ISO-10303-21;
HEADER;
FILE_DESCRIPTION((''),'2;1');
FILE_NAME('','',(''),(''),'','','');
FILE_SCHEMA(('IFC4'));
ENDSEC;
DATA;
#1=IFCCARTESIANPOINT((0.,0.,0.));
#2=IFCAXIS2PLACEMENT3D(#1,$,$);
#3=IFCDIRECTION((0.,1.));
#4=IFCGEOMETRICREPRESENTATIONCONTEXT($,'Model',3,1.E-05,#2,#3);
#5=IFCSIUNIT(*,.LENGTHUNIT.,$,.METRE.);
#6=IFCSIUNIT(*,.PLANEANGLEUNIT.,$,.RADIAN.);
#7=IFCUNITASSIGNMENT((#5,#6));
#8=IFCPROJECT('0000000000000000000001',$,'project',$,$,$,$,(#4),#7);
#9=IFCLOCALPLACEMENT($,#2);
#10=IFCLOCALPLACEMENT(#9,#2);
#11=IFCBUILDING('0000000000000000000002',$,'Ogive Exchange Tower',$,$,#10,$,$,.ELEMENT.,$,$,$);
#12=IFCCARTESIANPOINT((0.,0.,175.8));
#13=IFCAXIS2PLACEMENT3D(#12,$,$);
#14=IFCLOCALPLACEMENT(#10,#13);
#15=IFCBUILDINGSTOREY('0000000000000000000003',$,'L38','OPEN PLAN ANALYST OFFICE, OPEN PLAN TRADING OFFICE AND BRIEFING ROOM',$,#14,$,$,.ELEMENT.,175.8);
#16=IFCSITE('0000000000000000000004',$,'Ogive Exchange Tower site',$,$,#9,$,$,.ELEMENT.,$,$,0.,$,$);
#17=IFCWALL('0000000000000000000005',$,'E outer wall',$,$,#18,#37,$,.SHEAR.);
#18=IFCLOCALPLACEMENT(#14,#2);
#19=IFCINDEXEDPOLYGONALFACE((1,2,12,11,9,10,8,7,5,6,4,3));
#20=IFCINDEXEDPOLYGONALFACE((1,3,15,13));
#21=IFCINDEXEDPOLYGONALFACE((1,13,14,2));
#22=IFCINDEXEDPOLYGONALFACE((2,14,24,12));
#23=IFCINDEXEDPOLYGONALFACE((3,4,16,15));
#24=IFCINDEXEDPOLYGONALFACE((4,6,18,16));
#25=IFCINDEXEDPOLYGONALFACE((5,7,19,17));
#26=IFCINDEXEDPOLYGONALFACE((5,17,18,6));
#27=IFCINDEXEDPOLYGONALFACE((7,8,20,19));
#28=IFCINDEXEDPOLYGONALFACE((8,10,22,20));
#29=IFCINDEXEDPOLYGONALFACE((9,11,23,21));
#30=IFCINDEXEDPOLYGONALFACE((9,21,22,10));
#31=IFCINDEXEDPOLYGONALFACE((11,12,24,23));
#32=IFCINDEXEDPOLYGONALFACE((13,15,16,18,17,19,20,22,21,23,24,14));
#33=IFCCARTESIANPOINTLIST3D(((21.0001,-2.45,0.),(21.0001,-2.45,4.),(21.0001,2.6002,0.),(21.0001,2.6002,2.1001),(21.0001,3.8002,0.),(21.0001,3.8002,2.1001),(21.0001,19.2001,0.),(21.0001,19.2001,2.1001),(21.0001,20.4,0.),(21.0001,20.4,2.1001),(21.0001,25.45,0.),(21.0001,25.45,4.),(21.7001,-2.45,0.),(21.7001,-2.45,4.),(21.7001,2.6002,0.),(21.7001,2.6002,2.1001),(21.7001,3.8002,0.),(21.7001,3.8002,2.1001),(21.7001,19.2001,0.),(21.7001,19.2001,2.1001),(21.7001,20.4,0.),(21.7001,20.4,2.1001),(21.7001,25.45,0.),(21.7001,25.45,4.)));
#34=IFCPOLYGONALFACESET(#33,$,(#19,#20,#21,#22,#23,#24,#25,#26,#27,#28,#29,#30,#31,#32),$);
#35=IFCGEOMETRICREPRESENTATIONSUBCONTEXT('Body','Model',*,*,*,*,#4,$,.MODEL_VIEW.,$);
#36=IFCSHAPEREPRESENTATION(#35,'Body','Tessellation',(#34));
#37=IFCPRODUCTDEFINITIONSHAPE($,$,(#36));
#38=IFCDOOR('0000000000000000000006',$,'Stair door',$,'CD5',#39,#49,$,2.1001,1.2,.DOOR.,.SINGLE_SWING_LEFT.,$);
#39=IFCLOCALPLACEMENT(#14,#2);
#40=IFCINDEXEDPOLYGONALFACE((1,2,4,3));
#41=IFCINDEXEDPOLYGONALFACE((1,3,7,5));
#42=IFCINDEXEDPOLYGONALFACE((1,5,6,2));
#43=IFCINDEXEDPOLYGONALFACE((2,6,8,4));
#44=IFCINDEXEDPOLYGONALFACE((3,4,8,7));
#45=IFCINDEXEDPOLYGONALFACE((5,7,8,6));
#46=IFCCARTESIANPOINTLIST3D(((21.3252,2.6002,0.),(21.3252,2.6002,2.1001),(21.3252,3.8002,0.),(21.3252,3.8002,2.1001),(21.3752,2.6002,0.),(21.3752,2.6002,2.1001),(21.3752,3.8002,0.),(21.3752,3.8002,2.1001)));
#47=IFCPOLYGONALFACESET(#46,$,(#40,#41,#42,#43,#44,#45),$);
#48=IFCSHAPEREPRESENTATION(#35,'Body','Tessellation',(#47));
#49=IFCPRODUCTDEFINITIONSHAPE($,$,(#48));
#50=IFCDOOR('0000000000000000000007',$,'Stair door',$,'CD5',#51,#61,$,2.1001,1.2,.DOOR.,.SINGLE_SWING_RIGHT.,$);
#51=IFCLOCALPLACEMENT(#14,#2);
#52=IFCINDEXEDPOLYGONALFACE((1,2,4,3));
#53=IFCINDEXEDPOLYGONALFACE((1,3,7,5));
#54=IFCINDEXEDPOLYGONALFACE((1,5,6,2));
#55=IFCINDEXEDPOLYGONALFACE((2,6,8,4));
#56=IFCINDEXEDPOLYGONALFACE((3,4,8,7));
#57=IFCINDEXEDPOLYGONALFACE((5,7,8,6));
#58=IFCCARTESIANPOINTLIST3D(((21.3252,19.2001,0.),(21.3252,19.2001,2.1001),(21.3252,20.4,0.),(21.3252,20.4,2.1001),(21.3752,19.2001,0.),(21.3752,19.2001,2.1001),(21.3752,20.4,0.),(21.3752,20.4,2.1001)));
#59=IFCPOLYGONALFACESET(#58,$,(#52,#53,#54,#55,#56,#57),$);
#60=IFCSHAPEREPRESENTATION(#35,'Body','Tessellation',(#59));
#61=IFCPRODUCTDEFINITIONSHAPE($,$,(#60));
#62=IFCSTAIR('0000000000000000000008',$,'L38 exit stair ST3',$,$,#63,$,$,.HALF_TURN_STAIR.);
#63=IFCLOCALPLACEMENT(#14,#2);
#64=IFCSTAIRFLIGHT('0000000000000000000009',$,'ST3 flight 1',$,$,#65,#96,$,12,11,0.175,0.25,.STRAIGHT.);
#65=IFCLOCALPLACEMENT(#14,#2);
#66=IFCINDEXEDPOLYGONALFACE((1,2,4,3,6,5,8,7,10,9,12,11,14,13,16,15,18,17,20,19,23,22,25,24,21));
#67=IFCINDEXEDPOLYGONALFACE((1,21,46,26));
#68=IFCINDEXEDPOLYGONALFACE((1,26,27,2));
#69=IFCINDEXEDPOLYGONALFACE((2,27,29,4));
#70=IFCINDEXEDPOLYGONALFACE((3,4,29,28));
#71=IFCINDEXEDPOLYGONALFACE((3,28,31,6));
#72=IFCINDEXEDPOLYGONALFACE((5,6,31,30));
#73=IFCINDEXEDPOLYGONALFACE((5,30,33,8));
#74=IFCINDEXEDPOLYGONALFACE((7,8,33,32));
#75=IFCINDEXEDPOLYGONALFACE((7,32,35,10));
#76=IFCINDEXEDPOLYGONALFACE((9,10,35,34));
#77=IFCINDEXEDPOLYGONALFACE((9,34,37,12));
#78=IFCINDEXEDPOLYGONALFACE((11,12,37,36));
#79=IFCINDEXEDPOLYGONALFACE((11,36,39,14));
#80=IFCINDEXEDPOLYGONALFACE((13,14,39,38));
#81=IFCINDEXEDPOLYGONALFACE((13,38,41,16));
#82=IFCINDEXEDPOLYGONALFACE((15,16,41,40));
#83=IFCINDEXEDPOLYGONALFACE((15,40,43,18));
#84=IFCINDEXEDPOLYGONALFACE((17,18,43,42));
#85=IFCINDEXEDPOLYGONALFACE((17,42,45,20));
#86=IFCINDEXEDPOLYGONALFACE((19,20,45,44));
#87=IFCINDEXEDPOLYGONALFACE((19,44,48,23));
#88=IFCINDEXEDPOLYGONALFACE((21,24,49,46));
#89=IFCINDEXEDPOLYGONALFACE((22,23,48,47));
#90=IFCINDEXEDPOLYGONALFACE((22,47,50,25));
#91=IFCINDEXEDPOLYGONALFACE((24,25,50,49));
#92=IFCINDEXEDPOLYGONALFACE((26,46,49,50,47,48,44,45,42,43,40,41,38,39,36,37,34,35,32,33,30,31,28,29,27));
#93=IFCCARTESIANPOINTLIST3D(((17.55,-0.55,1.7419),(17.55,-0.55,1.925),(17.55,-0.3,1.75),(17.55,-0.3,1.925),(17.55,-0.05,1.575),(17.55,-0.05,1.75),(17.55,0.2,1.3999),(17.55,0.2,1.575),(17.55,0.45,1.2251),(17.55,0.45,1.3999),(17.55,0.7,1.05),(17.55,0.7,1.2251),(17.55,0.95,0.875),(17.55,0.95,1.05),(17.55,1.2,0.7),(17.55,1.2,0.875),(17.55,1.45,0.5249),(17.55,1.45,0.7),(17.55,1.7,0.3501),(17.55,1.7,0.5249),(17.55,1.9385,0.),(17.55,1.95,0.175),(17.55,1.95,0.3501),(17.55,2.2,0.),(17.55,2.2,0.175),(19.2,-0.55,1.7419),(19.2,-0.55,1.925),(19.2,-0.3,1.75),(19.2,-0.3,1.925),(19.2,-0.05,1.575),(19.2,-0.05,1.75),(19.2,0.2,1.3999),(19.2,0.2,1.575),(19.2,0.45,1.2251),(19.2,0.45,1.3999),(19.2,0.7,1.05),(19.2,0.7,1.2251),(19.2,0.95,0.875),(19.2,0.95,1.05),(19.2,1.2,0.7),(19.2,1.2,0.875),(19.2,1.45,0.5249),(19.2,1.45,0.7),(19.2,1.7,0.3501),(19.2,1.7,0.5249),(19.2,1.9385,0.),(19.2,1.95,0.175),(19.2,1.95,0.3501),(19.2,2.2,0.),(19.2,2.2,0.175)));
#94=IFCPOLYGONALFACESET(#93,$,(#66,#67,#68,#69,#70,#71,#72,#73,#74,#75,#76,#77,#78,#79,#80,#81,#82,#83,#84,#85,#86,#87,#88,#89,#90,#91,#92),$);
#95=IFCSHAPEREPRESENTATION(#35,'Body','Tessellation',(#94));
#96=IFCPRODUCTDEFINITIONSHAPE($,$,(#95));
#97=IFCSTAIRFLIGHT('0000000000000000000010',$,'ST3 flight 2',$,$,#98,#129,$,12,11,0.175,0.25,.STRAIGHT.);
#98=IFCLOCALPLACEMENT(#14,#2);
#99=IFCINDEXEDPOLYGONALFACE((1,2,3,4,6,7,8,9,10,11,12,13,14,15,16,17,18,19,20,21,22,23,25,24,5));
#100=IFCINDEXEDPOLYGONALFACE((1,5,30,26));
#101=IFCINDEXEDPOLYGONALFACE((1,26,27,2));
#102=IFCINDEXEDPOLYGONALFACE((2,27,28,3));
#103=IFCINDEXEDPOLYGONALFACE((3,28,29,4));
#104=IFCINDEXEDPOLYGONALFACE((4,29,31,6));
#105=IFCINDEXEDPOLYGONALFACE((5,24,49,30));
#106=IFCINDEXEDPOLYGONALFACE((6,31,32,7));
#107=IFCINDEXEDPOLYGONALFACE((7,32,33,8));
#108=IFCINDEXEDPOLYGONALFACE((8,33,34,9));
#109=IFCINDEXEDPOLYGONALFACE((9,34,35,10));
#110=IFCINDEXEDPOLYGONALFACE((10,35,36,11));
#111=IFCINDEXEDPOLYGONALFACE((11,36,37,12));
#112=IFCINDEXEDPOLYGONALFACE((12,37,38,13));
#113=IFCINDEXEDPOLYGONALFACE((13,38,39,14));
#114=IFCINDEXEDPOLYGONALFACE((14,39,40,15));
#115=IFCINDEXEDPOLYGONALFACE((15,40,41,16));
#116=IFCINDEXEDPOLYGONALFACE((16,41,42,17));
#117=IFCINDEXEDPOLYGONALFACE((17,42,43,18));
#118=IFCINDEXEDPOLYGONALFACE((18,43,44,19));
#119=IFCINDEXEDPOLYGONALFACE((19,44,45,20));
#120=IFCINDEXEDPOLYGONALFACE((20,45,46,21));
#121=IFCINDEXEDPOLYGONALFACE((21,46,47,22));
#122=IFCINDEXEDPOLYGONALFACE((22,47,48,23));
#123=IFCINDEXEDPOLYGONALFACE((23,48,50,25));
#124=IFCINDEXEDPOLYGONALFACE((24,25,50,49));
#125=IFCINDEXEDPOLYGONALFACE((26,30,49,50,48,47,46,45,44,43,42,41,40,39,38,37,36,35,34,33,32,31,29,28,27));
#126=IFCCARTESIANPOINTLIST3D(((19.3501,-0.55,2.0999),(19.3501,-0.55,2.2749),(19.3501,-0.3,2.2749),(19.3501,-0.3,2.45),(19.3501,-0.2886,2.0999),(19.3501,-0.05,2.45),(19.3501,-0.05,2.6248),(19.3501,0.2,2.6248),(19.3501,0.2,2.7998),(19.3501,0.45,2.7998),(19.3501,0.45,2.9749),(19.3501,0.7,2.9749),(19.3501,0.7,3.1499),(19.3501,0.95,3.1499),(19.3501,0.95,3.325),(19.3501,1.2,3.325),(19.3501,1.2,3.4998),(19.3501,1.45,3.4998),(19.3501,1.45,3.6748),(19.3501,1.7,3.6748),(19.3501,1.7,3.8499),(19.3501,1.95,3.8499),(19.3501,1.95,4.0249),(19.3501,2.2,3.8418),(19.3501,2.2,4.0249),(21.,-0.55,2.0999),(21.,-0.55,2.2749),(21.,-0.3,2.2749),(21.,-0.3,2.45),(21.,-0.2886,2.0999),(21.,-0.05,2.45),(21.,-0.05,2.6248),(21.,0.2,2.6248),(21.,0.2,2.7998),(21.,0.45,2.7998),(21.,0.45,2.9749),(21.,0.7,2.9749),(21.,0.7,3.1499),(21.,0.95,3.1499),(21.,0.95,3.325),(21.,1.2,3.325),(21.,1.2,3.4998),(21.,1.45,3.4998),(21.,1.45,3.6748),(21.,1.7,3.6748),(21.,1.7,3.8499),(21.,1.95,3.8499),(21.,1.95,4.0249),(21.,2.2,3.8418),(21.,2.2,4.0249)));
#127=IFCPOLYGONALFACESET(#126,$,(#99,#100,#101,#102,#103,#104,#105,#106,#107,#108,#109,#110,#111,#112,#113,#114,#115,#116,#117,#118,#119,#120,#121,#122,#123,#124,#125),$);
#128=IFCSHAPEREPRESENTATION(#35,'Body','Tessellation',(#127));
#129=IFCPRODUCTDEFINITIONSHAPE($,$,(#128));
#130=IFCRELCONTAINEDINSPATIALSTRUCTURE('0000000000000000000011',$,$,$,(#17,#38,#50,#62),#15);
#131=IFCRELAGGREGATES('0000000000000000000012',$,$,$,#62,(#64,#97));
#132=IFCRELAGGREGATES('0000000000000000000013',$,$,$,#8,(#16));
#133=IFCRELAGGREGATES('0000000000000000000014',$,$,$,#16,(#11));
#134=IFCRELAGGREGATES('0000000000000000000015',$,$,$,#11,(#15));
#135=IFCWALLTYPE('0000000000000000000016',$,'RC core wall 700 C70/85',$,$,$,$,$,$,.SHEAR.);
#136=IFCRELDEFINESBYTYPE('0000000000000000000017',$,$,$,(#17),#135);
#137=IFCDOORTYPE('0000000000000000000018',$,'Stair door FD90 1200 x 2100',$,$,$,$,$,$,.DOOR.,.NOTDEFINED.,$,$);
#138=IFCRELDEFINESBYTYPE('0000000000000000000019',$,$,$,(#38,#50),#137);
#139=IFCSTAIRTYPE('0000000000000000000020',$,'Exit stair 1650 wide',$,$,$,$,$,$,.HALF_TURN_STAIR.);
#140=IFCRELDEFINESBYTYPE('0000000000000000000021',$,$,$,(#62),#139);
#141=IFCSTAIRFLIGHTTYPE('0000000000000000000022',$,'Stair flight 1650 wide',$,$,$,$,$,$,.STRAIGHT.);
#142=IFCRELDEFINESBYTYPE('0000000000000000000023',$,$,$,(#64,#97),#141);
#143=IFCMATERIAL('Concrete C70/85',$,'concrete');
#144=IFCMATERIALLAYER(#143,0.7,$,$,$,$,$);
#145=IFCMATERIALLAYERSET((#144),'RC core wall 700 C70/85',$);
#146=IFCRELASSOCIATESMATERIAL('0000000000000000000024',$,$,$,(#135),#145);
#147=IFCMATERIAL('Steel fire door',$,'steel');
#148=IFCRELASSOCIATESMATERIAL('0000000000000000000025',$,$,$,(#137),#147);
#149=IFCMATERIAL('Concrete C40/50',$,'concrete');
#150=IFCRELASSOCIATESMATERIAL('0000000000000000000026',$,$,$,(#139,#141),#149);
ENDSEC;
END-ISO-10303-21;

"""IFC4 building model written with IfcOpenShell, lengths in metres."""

from ifc_helpers import new_model, si_unit, direction, frame, frame_2d, origin, place, context, subcontext, project, spatial, polyline, rectangle, outline, extrude, material, layer, layer_set, type_object, element, fill, aggregate, save


model = new_model("IFC4")

# Units and contexts
model_context = context("Model", 3, precision=1e-05, world=origin(), true_north=direction((0.0, 1.0)))
body_context = subcontext(model_context, "Body", "Model", "MODEL_VIEW")
ifc_project = project(units=[si_unit("LENGTHUNIT", "METRE"), si_unit("PLANEANGLEUNIT", "RADIAN")], contexts=[model_context])

# Site, building, storey
site_placement = place(None, origin())
site = spatial("IfcSite", under=ifc_project, at=site_placement, Name="Ogive Exchange Tower site", CompositionType="ELEMENT", RefElevation=0.0)
building_placement = place(site_placement, origin())
building = spatial("IfcBuilding", under=site, at=building_placement, Name="Ogive Exchange Tower", CompositionType="ELEMENT")
storey_placement = place(building_placement, frame((0.0, 0.0, 175.8)))
storey = spatial("IfcBuildingStorey", under=building, at=storey_placement, Name="L38", Description="OPEN PLAN ANALYST OFFICE, OPEN PLAN TRADING OFFICE AND BRIEFING ROOM", CompositionType="ELEMENT", Elevation=175.8)

# Shared definitions
ifc_material_1 = material(Name="Concrete C70/85", Category="concrete")
ifc_material_2 = material(Name="Steel fire door", Category="steel")

# Wall, openings, doors
ifc_layer_1 = layer(ifc_material_1, 0.7)
ifc_layer_set_1 = layer_set([ifc_layer_1], Name="RC core wall 700 C70/85")
wall_type_1 = type_object("IfcWallType", Name="RC core wall 700 C70/85", PredefinedType="SHEAR", material=ifc_layer_set_1)
wall_1_placement = place(storey_placement, frame((21.3501, -2.45, 0.0), z_axis=(0.0, 0.0, 1.0), x_axis=(0.0, 1.0, 0.0)))
wall_1 = element("IfcWall", 1, at=wall_1_placement, inside=storey, type_object=wall_type_1, Name="E outer wall", PredefinedType="SHEAR", context=body_context, shape_type="SweptSolid", body=[
    extrude(rectangle(XDim=27.8999, YDim=0.7, at=frame_2d((13.95, 0.0))), origin(), (0.0, 0.0, 1.0), 4.0),
])
opening_1_placement = place(wall_1_placement, frame((5.05, 0.0, 0.0)))
opening_1 = element("IfcOpeningElement", 2, at=opening_1_placement, cuts=wall_1, PredefinedType="OPENING", context=body_context, shape_type="SweptSolid", body=[
    extrude(rectangle(XDim=1.2, YDim=2.1001, at=frame_2d((0.6001, 1.05))), frame((0.0, 0.3599, 0.0), z_axis=(0.0, -1.0, 0.0), x_axis=(1.0, 0.0, 0.0)), (0.0, 0.0, 1.0), 0.72),
])
opening_2_placement = place(wall_1_placement, frame((21.6499, 0.0, 0.0)))
opening_2 = element("IfcOpeningElement", 3, at=opening_2_placement, cuts=wall_1, PredefinedType="OPENING", context=body_context, shape_type="SweptSolid", body=[
    extrude(rectangle(XDim=1.2, YDim=2.1001, at=frame_2d((0.6001, 1.05))), frame((0.0, 0.3599, 0.0), z_axis=(0.0, -1.0, 0.0), x_axis=(1.0, 0.0, 0.0)), (0.0, 0.0, 1.0), 0.72),
])
door_type_1 = type_object("IfcDoorType", Name="Stair door FD90 1200 x 2100", OperationType="NOTDEFINED", PredefinedType="DOOR", material=ifc_material_2)
door_1_placement = place(opening_1_placement, origin())
door_1 = element("IfcDoor", 4, at=door_1_placement, inside=storey, type_object=door_type_1, Name="Stair door", ObjectType="CD5", OperationType="SINGLE_SWING_LEFT", OverallHeight=2.1001, OverallWidth=1.2, PredefinedType="DOOR", context=body_context, shape_type="SweptSolid", body=[
    extrude(rectangle(XDim=1.2, YDim=2.1001, at=frame_2d((0.6001, 1.05))), frame((0.0, 0.0249, 0.0), z_axis=(0.0, -1.0, 0.0), x_axis=(1.0, 0.0, 0.0)), (0.0, 0.0, 1.0), 0.05),
])
fill(opening_1, door_1)
door_2_placement = place(opening_2_placement, origin())
door_2 = element("IfcDoor", 5, at=door_2_placement, inside=storey, type_object=door_type_1, Name="Stair door", ObjectType="CD5", OperationType="SINGLE_SWING_RIGHT", OverallHeight=2.1001, OverallWidth=1.2, PredefinedType="DOOR", context=body_context, shape_type="SweptSolid", body=[
    extrude(rectangle(XDim=1.2, YDim=2.1001, at=frame_2d((0.6001, 1.05))), frame((0.0, 0.0249, 0.0), z_axis=(0.0, -1.0, 0.0), x_axis=(1.0, 0.0, 0.0)), (0.0, 0.0, 1.0), 0.05),
])
fill(opening_2, door_2)

# Stair, stair flights
ifc_material_3 = material(Name="Concrete C40/50", Category="concrete")
stair_type = type_object("IfcStairType", Name="Exit stair 1650 wide", PredefinedType="HALF_TURN_STAIR", material=ifc_material_3)
stair_placement = place(storey_placement, origin())
stair = element("IfcStair", 6, at=stair_placement, inside=storey, type_object=stair_type, Name="L38 exit stair ST3", PredefinedType="HALF_TURN_STAIR")
stair_flight_type = type_object("IfcStairFlightType", Name="Stair flight 1650 wide", PredefinedType="STRAIGHT", material=ifc_material_3)
stair_flight_1_placement = place(storey_placement, frame((18.375, 2.2, 0.0), z_axis=(0.0, 0.0, 1.0), x_axis=(0.0, -1.0, 0.0)))
stair_flight_1 = element("IfcStairFlight", 7, at=stair_flight_1_placement, type_object=stair_flight_type, Name="ST3 flight 1", NumberOfRisers=12, NumberOfTreads=11, PredefinedType="STRAIGHT", RiserHeight=0.175, TreadLength=0.25, context=body_context, shape_type="SweptSolid", body=[
    extrude(outline(polyline([(0.0, 0.0), (0.0, 0.175), (0.25, 0.175), (0.25, 0.3501), (0.5, 0.3501), (0.5, 0.5249), (0.75, 0.5249), (0.75, 0.7), (1.0, 0.7), (1.0, 0.875), (1.25, 0.875), (1.25, 1.05), (1.5, 1.05), (1.5, 1.2251), (1.75, 1.2251), (1.75, 1.3999), (2.0, 1.3999), (2.0, 1.575), (2.25, 1.575), (2.25, 1.75), (2.5, 1.75), (2.5, 1.925), (2.75, 1.925), (2.75, 2.1001), (2.75, 1.7419), (0.2615, 0.0), (0.0, 0.0)])), frame((0.0, 0.825, 0.0), z_axis=(0.0, -1.0, 0.0), x_axis=(1.0, 0.0, 0.0)), (0.0, 0.0, 1.0), 1.6499),
])
stair_flight_2_placement = place(storey_placement, frame((20.175, -0.55, 2.0999), z_axis=(0.0, 0.0, 1.0), x_axis=(0.0, 1.0, 0.0)))
stair_flight_2 = element("IfcStairFlight", 8, at=stair_flight_2_placement, type_object=stair_flight_type, Name="ST3 flight 2", NumberOfRisers=12, NumberOfTreads=11, PredefinedType="STRAIGHT", RiserHeight=0.175, TreadLength=0.25, context=body_context, shape_type="SweptSolid", body=[
    extrude(outline(polyline([(0.0, 0.0), (0.0, 0.175), (0.25, 0.175), (0.25, 0.3501), (0.5, 0.3501), (0.5, 0.5249), (0.75, 0.5249), (0.75, 0.7), (1.0, 0.7), (1.0, 0.875), (1.25, 0.875), (1.25, 1.05), (1.5, 1.05), (1.5, 1.2251), (1.75, 1.2251), (1.75, 1.3999), (2.0, 1.3999), (2.0, 1.575), (2.25, 1.575), (2.25, 1.75), (2.5, 1.75), (2.5, 1.925), (2.75, 1.925), (2.75, 2.1001), (2.75, 1.7419), (0.2615, 0.0), (0.0, 0.0)])), frame((0.0, 0.825, 0.0), z_axis=(0.0, -1.0, 0.0), x_axis=(1.0, 0.0, 0.0)), (0.0, 0.0, 1.0), 1.6499),
])
aggregate(stair, [stair_flight_1, stair_flight_2])

save(model, "model.ifc")
